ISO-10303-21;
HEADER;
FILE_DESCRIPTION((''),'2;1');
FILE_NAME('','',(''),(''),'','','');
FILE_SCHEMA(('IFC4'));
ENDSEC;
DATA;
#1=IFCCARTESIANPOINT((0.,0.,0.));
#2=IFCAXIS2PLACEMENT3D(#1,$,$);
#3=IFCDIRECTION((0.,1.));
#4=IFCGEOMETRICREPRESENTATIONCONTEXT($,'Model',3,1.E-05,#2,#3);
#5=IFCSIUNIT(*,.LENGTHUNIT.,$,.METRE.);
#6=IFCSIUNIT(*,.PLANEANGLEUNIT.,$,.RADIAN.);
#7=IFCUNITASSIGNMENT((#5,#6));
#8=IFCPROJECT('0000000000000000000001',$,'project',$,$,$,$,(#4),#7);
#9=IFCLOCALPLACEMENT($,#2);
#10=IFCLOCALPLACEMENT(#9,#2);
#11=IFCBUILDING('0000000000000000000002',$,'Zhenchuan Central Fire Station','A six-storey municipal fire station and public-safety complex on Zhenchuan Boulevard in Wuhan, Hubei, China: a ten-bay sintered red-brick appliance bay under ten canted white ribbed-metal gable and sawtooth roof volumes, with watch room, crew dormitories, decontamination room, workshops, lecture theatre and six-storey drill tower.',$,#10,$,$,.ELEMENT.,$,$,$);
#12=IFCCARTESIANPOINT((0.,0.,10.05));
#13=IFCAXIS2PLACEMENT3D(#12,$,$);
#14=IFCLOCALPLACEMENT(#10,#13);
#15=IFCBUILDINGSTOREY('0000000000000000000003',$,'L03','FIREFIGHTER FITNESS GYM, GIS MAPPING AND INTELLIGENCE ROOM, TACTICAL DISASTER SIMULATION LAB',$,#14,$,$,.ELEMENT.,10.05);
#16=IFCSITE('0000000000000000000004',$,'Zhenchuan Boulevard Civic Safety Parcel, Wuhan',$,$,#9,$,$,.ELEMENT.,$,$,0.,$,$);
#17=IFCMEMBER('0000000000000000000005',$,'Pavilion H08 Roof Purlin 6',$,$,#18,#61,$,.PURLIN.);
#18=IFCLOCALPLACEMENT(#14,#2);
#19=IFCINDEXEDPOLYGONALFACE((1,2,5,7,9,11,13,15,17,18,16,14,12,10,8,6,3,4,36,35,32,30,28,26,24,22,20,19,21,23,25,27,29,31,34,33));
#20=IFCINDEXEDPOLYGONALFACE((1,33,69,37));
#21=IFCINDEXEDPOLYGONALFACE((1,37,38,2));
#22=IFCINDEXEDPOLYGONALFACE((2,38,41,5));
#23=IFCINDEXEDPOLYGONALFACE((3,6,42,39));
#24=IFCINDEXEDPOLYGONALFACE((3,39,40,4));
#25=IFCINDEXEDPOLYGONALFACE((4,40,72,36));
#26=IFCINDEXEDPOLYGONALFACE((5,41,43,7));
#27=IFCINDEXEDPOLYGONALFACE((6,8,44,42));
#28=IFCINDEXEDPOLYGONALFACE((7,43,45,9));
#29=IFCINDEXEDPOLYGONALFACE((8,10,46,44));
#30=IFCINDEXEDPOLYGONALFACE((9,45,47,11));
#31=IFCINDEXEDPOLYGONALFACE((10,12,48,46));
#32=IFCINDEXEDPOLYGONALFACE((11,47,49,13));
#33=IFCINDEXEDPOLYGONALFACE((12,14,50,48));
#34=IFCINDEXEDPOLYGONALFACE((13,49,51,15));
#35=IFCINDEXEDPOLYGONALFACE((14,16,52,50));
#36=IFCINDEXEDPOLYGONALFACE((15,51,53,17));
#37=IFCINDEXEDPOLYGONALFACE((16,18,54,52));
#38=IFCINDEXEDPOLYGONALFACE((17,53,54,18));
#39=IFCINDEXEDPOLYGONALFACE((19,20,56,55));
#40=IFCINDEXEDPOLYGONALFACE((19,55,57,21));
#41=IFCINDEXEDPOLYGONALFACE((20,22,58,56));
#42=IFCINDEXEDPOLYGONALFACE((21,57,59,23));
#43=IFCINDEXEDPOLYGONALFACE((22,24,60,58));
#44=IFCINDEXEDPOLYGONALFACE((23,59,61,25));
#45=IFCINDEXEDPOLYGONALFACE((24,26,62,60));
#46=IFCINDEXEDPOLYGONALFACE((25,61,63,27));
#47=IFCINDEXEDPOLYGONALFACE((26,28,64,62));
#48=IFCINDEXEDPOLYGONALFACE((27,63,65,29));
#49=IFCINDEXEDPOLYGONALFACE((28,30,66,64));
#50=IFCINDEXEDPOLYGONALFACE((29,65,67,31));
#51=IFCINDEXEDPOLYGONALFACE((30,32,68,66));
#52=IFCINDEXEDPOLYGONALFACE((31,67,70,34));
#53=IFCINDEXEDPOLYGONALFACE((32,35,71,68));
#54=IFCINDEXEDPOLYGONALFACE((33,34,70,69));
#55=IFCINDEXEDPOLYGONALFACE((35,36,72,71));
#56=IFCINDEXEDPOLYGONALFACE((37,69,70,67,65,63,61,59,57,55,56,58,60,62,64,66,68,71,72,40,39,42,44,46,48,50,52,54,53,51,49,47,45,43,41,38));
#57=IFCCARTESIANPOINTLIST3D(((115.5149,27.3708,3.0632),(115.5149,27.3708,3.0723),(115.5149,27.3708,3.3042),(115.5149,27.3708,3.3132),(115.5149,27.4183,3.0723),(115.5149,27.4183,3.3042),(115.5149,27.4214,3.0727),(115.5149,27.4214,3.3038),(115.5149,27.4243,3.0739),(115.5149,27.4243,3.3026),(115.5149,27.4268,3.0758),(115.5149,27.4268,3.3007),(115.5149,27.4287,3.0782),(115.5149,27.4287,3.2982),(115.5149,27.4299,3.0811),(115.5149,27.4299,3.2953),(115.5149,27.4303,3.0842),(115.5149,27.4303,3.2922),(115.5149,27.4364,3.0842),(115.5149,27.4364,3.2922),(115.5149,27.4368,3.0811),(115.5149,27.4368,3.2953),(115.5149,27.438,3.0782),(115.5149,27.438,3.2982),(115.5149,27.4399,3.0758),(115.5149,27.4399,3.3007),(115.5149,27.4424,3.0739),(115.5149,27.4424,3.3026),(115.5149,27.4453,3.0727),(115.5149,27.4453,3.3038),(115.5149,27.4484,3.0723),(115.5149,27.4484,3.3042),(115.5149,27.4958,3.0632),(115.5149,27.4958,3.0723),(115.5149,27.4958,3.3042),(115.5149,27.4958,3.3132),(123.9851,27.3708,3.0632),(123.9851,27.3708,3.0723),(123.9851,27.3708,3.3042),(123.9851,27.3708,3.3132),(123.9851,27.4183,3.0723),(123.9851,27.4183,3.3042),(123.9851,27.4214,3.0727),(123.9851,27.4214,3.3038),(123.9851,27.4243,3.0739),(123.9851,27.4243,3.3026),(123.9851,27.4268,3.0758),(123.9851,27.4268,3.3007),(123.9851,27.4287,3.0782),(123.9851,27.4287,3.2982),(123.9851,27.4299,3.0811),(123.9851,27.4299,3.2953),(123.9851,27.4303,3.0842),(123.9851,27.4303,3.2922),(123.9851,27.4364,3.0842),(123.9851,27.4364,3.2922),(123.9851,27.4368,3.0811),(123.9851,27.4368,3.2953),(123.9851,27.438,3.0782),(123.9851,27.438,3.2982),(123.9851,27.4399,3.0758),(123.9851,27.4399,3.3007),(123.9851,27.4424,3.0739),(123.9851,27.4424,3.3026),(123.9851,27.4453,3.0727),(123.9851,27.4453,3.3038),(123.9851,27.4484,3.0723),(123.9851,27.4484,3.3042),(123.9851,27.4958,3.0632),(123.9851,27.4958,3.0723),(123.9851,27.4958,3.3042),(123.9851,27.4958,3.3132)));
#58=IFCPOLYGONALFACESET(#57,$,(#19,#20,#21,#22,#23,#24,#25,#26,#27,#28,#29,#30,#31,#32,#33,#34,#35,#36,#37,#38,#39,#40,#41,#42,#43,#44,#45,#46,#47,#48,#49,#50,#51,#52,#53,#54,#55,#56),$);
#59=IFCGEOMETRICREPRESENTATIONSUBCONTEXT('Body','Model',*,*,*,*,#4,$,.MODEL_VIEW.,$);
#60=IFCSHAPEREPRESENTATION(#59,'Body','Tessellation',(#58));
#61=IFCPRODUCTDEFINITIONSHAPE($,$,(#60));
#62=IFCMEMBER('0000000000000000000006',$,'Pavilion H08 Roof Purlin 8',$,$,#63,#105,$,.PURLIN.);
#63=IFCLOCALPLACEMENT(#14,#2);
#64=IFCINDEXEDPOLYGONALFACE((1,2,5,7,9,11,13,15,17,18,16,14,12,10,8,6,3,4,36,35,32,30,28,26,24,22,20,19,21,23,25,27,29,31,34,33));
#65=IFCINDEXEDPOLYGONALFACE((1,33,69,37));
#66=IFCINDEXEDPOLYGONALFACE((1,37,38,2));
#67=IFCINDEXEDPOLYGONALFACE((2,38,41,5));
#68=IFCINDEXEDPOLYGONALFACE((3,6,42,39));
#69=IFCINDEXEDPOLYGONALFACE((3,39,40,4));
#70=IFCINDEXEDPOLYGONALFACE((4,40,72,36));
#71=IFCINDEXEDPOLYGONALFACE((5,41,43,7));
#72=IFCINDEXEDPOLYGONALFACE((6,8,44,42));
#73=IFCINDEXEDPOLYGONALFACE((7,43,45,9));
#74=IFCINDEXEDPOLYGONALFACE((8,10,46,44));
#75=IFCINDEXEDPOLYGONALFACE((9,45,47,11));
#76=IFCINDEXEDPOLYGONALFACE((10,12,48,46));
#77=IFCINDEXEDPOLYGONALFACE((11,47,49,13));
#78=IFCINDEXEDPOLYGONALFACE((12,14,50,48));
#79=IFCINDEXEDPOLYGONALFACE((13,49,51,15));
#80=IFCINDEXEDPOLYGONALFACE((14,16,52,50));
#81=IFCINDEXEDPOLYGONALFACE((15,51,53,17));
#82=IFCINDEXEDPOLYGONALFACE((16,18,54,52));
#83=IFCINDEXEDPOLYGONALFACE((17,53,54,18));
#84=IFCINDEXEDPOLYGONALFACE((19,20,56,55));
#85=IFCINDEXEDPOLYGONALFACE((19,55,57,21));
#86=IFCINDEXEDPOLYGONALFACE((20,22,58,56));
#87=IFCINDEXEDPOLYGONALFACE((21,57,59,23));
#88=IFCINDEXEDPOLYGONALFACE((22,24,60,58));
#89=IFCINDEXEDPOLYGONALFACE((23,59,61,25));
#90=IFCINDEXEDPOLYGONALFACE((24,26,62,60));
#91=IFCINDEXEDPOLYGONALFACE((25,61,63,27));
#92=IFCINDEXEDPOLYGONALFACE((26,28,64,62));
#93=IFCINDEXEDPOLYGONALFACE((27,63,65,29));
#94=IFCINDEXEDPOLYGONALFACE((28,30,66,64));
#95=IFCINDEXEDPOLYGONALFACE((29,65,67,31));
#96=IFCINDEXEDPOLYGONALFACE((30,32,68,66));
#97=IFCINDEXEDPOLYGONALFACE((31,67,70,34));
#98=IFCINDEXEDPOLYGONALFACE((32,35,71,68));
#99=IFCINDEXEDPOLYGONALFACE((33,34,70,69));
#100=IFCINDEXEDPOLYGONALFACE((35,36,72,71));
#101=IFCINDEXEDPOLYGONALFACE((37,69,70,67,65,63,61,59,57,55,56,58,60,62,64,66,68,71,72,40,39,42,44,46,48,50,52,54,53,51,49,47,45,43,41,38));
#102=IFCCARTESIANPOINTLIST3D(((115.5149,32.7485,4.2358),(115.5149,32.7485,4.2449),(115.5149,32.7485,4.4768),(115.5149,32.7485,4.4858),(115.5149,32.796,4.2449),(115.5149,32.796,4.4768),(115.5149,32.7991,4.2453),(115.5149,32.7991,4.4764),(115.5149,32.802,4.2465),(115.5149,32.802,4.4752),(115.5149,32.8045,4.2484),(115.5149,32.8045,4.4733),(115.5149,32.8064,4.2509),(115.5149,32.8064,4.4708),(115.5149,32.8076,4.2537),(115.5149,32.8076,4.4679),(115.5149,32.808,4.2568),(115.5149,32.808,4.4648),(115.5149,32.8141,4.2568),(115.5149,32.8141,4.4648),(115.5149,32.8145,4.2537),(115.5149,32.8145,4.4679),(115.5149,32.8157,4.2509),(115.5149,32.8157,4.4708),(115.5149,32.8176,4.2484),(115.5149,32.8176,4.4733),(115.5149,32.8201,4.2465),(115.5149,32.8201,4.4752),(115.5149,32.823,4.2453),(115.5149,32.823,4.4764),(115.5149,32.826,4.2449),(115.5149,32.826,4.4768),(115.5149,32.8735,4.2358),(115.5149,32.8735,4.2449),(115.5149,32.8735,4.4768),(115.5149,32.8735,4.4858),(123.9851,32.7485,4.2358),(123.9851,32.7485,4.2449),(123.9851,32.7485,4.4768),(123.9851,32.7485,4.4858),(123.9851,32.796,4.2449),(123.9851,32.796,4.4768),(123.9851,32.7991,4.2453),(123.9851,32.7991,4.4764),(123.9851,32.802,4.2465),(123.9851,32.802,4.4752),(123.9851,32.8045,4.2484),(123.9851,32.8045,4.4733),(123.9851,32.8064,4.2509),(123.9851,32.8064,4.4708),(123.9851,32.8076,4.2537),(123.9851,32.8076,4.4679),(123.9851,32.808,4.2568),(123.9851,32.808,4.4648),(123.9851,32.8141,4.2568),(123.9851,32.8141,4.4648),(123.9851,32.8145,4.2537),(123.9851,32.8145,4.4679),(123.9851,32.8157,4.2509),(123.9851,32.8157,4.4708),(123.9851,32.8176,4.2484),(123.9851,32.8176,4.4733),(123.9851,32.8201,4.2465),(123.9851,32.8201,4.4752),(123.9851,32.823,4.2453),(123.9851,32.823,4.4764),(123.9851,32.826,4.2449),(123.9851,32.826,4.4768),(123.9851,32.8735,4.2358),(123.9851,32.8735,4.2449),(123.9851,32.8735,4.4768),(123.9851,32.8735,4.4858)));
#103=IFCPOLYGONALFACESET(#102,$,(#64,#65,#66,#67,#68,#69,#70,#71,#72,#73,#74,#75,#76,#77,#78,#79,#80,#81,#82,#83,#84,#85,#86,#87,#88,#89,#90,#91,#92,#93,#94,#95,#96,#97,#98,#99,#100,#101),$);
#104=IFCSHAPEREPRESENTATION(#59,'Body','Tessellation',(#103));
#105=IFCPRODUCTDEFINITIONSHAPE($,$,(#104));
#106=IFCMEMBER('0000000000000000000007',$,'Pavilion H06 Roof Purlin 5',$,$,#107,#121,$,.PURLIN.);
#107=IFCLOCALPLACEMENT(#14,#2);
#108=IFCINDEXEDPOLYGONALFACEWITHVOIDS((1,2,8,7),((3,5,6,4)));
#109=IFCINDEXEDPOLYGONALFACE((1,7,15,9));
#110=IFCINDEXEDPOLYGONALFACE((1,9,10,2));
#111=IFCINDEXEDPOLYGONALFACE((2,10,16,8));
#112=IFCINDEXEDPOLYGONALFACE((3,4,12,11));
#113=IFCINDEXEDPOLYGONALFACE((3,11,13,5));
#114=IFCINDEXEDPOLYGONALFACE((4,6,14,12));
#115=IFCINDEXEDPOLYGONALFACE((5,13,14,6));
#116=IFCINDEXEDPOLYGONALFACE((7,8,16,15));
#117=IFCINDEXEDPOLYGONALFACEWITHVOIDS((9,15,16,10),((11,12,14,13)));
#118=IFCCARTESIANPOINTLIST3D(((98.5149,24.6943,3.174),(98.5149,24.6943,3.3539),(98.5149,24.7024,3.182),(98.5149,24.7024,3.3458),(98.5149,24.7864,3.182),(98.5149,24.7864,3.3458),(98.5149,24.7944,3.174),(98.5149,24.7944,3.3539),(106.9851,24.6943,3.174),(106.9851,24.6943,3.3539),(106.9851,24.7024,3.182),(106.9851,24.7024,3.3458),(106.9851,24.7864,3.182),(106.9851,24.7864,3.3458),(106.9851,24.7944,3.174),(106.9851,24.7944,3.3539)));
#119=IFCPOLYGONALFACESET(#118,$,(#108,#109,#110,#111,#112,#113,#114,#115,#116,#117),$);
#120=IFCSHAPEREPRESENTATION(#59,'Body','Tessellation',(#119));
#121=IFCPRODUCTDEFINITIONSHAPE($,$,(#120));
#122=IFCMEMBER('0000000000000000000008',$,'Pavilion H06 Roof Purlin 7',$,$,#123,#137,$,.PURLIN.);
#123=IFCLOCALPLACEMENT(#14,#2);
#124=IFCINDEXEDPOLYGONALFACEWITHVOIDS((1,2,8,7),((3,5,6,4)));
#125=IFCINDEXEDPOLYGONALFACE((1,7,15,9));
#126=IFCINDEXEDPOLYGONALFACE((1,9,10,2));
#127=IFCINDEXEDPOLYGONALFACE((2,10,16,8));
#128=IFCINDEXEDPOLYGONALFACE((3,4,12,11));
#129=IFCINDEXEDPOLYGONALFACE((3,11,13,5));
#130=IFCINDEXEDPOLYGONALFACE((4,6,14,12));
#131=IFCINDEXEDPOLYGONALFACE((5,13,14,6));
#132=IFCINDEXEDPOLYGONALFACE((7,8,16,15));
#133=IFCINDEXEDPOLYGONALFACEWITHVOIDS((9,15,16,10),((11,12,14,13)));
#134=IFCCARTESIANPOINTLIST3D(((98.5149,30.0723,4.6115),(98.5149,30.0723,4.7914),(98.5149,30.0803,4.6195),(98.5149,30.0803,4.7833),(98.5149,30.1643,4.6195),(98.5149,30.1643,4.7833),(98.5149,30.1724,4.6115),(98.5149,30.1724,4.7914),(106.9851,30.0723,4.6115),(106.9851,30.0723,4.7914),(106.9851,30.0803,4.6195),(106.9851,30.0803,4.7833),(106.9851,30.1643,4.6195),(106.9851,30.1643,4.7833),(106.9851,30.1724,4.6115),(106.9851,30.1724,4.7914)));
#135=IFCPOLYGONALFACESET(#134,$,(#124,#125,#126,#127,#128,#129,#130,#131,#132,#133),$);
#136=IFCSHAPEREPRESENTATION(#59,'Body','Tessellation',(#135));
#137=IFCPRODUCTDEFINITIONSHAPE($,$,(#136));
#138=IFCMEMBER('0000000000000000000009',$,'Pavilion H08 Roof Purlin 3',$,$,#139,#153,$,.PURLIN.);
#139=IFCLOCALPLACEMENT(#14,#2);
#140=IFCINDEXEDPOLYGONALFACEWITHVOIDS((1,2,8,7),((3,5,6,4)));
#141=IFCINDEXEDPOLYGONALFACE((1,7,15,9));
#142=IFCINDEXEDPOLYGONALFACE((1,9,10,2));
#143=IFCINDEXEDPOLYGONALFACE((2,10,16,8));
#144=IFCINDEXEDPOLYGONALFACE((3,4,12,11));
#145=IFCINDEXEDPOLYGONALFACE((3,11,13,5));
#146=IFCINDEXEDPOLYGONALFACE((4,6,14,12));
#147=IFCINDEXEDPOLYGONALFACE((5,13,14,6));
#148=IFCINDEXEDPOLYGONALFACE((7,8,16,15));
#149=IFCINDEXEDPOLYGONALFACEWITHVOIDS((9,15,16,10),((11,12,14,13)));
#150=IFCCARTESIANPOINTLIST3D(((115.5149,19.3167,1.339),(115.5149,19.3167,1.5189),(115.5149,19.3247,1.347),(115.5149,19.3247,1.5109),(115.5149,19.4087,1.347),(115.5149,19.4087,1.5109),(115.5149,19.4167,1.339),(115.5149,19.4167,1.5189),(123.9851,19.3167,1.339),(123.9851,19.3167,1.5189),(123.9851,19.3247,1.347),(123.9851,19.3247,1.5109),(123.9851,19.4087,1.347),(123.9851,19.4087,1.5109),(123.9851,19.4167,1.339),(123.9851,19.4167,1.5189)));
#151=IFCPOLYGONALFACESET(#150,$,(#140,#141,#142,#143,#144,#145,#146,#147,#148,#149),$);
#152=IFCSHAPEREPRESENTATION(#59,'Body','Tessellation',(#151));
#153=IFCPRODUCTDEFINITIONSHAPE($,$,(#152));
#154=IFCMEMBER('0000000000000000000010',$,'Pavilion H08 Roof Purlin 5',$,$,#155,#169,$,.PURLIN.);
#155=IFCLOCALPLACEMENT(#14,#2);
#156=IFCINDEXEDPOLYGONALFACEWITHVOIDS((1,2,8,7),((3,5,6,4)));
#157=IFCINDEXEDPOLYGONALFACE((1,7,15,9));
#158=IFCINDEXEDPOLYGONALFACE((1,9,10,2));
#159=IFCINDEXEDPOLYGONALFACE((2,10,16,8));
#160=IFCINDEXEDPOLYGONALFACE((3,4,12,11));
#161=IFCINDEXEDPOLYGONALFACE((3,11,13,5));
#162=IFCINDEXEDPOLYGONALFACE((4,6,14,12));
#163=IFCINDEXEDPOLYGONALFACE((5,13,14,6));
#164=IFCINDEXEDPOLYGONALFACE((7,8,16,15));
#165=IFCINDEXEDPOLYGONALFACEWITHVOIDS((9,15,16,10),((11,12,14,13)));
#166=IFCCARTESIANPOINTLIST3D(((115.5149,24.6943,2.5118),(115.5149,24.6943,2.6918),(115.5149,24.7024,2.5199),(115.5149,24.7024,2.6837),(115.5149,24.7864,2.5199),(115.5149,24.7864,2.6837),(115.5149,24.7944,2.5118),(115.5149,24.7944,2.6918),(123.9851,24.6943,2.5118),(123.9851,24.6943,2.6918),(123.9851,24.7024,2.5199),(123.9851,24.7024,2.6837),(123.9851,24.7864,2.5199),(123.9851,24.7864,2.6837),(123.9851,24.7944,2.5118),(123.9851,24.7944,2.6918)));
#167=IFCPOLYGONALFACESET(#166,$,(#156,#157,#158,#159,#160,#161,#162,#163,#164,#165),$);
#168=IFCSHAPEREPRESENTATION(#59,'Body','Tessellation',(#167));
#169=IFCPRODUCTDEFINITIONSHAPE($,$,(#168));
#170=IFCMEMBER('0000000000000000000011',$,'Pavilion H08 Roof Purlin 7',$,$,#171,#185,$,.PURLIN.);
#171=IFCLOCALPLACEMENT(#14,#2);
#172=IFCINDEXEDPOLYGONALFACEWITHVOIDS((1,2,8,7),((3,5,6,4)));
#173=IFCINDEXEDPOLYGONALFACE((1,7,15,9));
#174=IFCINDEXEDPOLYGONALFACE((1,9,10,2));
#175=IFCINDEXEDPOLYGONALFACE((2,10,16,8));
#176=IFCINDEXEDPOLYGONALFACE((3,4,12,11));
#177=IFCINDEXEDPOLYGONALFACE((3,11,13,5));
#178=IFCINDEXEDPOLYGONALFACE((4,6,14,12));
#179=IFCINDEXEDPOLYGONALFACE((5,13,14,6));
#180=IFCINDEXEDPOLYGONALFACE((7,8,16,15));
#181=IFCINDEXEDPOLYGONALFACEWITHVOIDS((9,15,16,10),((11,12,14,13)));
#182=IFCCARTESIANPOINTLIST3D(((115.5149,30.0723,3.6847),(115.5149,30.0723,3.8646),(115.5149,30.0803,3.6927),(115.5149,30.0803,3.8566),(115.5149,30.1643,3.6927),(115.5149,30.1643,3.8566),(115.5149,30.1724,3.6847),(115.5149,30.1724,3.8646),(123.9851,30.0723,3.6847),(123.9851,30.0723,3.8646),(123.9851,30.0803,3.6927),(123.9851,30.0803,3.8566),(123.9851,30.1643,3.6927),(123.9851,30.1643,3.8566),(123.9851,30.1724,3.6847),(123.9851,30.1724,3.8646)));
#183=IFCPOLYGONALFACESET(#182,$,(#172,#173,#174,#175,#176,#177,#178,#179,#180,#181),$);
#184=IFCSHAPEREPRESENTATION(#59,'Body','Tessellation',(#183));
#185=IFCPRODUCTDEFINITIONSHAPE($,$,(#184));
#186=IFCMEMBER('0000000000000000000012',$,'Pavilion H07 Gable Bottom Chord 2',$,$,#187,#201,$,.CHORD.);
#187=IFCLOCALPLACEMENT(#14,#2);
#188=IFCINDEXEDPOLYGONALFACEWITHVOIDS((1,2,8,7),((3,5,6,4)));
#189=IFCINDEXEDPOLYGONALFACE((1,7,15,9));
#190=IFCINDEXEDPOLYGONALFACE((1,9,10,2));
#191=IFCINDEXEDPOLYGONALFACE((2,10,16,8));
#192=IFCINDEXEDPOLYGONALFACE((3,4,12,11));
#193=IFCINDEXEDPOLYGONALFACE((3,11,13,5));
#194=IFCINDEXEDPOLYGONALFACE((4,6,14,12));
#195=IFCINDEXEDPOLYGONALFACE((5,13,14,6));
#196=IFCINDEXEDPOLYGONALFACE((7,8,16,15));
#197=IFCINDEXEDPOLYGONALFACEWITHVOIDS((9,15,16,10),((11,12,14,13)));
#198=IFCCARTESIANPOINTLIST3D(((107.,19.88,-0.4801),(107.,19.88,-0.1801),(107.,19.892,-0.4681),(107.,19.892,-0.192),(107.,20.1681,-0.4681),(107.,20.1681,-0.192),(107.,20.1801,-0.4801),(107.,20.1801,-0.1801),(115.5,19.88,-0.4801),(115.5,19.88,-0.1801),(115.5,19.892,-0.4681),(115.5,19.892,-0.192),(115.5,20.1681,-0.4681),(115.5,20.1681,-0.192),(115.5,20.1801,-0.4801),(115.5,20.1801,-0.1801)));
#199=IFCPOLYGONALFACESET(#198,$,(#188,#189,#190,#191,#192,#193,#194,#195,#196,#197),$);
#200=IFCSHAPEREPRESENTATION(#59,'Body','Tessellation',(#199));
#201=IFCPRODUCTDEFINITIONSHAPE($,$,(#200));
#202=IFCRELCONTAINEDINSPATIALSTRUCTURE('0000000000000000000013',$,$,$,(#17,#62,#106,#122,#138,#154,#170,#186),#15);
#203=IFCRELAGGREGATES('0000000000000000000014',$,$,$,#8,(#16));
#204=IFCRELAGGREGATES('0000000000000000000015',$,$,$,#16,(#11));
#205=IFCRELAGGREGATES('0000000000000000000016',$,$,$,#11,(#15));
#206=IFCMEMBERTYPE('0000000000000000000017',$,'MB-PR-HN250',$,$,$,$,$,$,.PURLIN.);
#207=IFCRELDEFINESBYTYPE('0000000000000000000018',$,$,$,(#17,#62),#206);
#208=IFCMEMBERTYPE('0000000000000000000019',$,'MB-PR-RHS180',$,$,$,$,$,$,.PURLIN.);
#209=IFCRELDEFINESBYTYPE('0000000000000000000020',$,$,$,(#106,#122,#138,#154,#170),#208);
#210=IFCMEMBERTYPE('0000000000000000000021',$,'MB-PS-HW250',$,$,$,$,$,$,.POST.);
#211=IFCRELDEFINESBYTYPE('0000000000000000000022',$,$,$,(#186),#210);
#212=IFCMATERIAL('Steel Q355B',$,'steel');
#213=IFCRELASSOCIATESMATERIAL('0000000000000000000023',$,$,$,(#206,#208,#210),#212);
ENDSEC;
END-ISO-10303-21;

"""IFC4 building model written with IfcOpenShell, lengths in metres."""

from ifc_helpers import new_model, si_unit, direction, frame, origin, origin_2d, place, context, subcontext, project, spatial, hollow_rectangle, i_section, extrude, material, material_profile, profile_set, type_object, element, save


model = new_model("IFC4")

# Units and contexts
model_context = context("Model", 3, precision=1e-05, world=origin(), true_north=direction((0.0, 1.0)))
body_context = subcontext(model_context, "Body", "Model", "MODEL_VIEW")
ifc_project = project(units=[si_unit("LENGTHUNIT", "METRE"), si_unit("PLANEANGLEUNIT", "RADIAN")], contexts=[model_context])

# Site, building, storey
site_placement = place(None, origin())
site = spatial("IfcSite", under=ifc_project, at=site_placement, Name="Zhenchuan Boulevard Civic Safety Parcel, Wuhan", CompositionType="ELEMENT", RefElevation=0.0)
building_placement = place(site_placement, origin())
building = spatial("IfcBuilding", under=site, at=building_placement, Name="Zhenchuan Central Fire Station", Description="A six-storey municipal fire station and public-safety complex on Zhenchuan Boulevard in Wuhan, Hubei, China: a ten-bay sintered red-brick appliance bay under ten canted white ribbed-metal gable and sawtooth roof volumes, with watch room, crew dormitories, decontamination room, workshops, lecture theatre and six-storey drill tower.", CompositionType="ELEMENT")
storey_placement = place(building_placement, frame((0.0, 0.0, 10.05)))
storey = spatial("IfcBuildingStorey", under=building, at=storey_placement, Name="L03", Description="FIREFIGHTER FITNESS GYM, GIS MAPPING AND INTELLIGENCE ROOM, TACTICAL DISASTER SIMULATION LAB", CompositionType="ELEMENT", Elevation=10.05)

# Members
ifc_material = material(Name="Steel Q355B", Category="steel")
ifc_material_profile_1 = material_profile(ifc_material, i_section(OverallWidth=0.125, OverallDepth=0.25, WebThickness=0.0061, FlangeThickness=0.009, FilletRadius=0.012, at=origin_2d()), Name="HN 250x125")
ifc_profile_set_1 = profile_set([ifc_material_profile_1], Name="Steel Q355B")
member_type_1 = type_object("IfcMemberType", Name="MB-PR-HN250", PredefinedType="PURLIN", material=ifc_profile_set_1)
for number, where, z_axis, x_axis, name in (
    (1, (115.5149, 27.4333, 3.1882), (1.0, 0.0, 0.0), (0.0, 1.0, 0.0), "Pavilion H08 Roof Purlin 6"),
    (2, (115.5149, 32.811, 4.3608), (1.0, 0.0, 0.0), (0.0, 1.0, 0.0), "Pavilion H08 Roof Purlin 8"),
):
    element("IfcMember", number, at=place(storey_placement, frame(where, z_axis=z_axis, x_axis=x_axis)), inside=storey, type_object=member_type_1, Name=name, PredefinedType="PURLIN", context=body_context, shape_type="SweptSolid", body=[
        extrude(i_section(OverallWidth=0.125, OverallDepth=0.25, WebThickness=0.0061, FlangeThickness=0.009, FilletRadius=0.012, at=origin_2d()), origin(), (0.0, 0.0, 1.0), 8.4702),
    ])
ifc_material_profile_2 = material_profile(ifc_material, hollow_rectangle(XDim=0.1001, YDim=0.1799, WallThickness=0.0081, at=origin_2d()), Name="RHS 180x100x8")
ifc_profile_set_2 = profile_set([ifc_material_profile_2], Name="Steel Q355B")
member_type_2 = type_object("IfcMemberType", Name="MB-PR-RHS180", PredefinedType="PURLIN", material=ifc_profile_set_2)
for number, where, z_axis, x_axis, name in (
    (3, (98.5149, 24.7444, 3.2639), (1.0, 0.0, 0.0), (0.0, 1.0, 0.0), "Pavilion H06 Roof Purlin 5"),
    (4, (98.5149, 30.1223, 4.7014), (1.0, 0.0, 0.0), (0.0, 1.0, 0.0), "Pavilion H06 Roof Purlin 7"),
    (5, (115.5149, 19.3667, 1.429), (1.0, 0.0, 0.0), (0.0, 1.0, 0.0), "Pavilion H08 Roof Purlin 3"),
    (6, (115.5149, 24.7444, 2.6018), (1.0, 0.0, 0.0), (0.0, 1.0, 0.0), "Pavilion H08 Roof Purlin 5"),
    (7, (115.5149, 30.1223, 3.7747), (1.0, 0.0, 0.0), (0.0, 1.0, 0.0), "Pavilion H08 Roof Purlin 7"),
):
    element("IfcMember", number, at=place(storey_placement, frame(where, z_axis=z_axis, x_axis=x_axis)), inside=storey, type_object=member_type_2, Name=name, PredefinedType="PURLIN", context=body_context, shape_type="SweptSolid", body=[
        extrude(hollow_rectangle(XDim=0.1001, YDim=0.1799, WallThickness=0.0081, at=origin_2d()), origin(), (0.0, 0.0, 1.0), 8.4702),
    ])
ifc_material_profile_3 = material_profile(ifc_material, hollow_rectangle(XDim=0.3, YDim=0.3, WallThickness=0.012, at=origin_2d()), Name="SHS 300x300x12")
ifc_profile_set_3 = profile_set([ifc_material_profile_3], Name="Steel Q355B")
member_type_3 = type_object("IfcMemberType", Name="MB-PS-HW250", PredefinedType="POST", material=ifc_profile_set_3)
for number, where, z_axis, x_axis, name in (
    (8, (107.0, 20.03, -0.3301), (1.0, 0.0, 0.0), (0.0, 1.0, 0.0), "Pavilion H07 Gable Bottom Chord 2"),
):
    element("IfcMember", number, at=place(storey_placement, frame(where, z_axis=z_axis, x_axis=x_axis)), inside=storey, type_object=member_type_3, Name=name, PredefinedType="CHORD", context=body_context, shape_type="SweptSolid", body=[
        extrude(hollow_rectangle(XDim=0.3, YDim=0.3, WallThickness=0.012, at=origin_2d()), origin(), (0.0, 0.0, 1.0), 8.5),
    ])

save(model, "model.ifc")
